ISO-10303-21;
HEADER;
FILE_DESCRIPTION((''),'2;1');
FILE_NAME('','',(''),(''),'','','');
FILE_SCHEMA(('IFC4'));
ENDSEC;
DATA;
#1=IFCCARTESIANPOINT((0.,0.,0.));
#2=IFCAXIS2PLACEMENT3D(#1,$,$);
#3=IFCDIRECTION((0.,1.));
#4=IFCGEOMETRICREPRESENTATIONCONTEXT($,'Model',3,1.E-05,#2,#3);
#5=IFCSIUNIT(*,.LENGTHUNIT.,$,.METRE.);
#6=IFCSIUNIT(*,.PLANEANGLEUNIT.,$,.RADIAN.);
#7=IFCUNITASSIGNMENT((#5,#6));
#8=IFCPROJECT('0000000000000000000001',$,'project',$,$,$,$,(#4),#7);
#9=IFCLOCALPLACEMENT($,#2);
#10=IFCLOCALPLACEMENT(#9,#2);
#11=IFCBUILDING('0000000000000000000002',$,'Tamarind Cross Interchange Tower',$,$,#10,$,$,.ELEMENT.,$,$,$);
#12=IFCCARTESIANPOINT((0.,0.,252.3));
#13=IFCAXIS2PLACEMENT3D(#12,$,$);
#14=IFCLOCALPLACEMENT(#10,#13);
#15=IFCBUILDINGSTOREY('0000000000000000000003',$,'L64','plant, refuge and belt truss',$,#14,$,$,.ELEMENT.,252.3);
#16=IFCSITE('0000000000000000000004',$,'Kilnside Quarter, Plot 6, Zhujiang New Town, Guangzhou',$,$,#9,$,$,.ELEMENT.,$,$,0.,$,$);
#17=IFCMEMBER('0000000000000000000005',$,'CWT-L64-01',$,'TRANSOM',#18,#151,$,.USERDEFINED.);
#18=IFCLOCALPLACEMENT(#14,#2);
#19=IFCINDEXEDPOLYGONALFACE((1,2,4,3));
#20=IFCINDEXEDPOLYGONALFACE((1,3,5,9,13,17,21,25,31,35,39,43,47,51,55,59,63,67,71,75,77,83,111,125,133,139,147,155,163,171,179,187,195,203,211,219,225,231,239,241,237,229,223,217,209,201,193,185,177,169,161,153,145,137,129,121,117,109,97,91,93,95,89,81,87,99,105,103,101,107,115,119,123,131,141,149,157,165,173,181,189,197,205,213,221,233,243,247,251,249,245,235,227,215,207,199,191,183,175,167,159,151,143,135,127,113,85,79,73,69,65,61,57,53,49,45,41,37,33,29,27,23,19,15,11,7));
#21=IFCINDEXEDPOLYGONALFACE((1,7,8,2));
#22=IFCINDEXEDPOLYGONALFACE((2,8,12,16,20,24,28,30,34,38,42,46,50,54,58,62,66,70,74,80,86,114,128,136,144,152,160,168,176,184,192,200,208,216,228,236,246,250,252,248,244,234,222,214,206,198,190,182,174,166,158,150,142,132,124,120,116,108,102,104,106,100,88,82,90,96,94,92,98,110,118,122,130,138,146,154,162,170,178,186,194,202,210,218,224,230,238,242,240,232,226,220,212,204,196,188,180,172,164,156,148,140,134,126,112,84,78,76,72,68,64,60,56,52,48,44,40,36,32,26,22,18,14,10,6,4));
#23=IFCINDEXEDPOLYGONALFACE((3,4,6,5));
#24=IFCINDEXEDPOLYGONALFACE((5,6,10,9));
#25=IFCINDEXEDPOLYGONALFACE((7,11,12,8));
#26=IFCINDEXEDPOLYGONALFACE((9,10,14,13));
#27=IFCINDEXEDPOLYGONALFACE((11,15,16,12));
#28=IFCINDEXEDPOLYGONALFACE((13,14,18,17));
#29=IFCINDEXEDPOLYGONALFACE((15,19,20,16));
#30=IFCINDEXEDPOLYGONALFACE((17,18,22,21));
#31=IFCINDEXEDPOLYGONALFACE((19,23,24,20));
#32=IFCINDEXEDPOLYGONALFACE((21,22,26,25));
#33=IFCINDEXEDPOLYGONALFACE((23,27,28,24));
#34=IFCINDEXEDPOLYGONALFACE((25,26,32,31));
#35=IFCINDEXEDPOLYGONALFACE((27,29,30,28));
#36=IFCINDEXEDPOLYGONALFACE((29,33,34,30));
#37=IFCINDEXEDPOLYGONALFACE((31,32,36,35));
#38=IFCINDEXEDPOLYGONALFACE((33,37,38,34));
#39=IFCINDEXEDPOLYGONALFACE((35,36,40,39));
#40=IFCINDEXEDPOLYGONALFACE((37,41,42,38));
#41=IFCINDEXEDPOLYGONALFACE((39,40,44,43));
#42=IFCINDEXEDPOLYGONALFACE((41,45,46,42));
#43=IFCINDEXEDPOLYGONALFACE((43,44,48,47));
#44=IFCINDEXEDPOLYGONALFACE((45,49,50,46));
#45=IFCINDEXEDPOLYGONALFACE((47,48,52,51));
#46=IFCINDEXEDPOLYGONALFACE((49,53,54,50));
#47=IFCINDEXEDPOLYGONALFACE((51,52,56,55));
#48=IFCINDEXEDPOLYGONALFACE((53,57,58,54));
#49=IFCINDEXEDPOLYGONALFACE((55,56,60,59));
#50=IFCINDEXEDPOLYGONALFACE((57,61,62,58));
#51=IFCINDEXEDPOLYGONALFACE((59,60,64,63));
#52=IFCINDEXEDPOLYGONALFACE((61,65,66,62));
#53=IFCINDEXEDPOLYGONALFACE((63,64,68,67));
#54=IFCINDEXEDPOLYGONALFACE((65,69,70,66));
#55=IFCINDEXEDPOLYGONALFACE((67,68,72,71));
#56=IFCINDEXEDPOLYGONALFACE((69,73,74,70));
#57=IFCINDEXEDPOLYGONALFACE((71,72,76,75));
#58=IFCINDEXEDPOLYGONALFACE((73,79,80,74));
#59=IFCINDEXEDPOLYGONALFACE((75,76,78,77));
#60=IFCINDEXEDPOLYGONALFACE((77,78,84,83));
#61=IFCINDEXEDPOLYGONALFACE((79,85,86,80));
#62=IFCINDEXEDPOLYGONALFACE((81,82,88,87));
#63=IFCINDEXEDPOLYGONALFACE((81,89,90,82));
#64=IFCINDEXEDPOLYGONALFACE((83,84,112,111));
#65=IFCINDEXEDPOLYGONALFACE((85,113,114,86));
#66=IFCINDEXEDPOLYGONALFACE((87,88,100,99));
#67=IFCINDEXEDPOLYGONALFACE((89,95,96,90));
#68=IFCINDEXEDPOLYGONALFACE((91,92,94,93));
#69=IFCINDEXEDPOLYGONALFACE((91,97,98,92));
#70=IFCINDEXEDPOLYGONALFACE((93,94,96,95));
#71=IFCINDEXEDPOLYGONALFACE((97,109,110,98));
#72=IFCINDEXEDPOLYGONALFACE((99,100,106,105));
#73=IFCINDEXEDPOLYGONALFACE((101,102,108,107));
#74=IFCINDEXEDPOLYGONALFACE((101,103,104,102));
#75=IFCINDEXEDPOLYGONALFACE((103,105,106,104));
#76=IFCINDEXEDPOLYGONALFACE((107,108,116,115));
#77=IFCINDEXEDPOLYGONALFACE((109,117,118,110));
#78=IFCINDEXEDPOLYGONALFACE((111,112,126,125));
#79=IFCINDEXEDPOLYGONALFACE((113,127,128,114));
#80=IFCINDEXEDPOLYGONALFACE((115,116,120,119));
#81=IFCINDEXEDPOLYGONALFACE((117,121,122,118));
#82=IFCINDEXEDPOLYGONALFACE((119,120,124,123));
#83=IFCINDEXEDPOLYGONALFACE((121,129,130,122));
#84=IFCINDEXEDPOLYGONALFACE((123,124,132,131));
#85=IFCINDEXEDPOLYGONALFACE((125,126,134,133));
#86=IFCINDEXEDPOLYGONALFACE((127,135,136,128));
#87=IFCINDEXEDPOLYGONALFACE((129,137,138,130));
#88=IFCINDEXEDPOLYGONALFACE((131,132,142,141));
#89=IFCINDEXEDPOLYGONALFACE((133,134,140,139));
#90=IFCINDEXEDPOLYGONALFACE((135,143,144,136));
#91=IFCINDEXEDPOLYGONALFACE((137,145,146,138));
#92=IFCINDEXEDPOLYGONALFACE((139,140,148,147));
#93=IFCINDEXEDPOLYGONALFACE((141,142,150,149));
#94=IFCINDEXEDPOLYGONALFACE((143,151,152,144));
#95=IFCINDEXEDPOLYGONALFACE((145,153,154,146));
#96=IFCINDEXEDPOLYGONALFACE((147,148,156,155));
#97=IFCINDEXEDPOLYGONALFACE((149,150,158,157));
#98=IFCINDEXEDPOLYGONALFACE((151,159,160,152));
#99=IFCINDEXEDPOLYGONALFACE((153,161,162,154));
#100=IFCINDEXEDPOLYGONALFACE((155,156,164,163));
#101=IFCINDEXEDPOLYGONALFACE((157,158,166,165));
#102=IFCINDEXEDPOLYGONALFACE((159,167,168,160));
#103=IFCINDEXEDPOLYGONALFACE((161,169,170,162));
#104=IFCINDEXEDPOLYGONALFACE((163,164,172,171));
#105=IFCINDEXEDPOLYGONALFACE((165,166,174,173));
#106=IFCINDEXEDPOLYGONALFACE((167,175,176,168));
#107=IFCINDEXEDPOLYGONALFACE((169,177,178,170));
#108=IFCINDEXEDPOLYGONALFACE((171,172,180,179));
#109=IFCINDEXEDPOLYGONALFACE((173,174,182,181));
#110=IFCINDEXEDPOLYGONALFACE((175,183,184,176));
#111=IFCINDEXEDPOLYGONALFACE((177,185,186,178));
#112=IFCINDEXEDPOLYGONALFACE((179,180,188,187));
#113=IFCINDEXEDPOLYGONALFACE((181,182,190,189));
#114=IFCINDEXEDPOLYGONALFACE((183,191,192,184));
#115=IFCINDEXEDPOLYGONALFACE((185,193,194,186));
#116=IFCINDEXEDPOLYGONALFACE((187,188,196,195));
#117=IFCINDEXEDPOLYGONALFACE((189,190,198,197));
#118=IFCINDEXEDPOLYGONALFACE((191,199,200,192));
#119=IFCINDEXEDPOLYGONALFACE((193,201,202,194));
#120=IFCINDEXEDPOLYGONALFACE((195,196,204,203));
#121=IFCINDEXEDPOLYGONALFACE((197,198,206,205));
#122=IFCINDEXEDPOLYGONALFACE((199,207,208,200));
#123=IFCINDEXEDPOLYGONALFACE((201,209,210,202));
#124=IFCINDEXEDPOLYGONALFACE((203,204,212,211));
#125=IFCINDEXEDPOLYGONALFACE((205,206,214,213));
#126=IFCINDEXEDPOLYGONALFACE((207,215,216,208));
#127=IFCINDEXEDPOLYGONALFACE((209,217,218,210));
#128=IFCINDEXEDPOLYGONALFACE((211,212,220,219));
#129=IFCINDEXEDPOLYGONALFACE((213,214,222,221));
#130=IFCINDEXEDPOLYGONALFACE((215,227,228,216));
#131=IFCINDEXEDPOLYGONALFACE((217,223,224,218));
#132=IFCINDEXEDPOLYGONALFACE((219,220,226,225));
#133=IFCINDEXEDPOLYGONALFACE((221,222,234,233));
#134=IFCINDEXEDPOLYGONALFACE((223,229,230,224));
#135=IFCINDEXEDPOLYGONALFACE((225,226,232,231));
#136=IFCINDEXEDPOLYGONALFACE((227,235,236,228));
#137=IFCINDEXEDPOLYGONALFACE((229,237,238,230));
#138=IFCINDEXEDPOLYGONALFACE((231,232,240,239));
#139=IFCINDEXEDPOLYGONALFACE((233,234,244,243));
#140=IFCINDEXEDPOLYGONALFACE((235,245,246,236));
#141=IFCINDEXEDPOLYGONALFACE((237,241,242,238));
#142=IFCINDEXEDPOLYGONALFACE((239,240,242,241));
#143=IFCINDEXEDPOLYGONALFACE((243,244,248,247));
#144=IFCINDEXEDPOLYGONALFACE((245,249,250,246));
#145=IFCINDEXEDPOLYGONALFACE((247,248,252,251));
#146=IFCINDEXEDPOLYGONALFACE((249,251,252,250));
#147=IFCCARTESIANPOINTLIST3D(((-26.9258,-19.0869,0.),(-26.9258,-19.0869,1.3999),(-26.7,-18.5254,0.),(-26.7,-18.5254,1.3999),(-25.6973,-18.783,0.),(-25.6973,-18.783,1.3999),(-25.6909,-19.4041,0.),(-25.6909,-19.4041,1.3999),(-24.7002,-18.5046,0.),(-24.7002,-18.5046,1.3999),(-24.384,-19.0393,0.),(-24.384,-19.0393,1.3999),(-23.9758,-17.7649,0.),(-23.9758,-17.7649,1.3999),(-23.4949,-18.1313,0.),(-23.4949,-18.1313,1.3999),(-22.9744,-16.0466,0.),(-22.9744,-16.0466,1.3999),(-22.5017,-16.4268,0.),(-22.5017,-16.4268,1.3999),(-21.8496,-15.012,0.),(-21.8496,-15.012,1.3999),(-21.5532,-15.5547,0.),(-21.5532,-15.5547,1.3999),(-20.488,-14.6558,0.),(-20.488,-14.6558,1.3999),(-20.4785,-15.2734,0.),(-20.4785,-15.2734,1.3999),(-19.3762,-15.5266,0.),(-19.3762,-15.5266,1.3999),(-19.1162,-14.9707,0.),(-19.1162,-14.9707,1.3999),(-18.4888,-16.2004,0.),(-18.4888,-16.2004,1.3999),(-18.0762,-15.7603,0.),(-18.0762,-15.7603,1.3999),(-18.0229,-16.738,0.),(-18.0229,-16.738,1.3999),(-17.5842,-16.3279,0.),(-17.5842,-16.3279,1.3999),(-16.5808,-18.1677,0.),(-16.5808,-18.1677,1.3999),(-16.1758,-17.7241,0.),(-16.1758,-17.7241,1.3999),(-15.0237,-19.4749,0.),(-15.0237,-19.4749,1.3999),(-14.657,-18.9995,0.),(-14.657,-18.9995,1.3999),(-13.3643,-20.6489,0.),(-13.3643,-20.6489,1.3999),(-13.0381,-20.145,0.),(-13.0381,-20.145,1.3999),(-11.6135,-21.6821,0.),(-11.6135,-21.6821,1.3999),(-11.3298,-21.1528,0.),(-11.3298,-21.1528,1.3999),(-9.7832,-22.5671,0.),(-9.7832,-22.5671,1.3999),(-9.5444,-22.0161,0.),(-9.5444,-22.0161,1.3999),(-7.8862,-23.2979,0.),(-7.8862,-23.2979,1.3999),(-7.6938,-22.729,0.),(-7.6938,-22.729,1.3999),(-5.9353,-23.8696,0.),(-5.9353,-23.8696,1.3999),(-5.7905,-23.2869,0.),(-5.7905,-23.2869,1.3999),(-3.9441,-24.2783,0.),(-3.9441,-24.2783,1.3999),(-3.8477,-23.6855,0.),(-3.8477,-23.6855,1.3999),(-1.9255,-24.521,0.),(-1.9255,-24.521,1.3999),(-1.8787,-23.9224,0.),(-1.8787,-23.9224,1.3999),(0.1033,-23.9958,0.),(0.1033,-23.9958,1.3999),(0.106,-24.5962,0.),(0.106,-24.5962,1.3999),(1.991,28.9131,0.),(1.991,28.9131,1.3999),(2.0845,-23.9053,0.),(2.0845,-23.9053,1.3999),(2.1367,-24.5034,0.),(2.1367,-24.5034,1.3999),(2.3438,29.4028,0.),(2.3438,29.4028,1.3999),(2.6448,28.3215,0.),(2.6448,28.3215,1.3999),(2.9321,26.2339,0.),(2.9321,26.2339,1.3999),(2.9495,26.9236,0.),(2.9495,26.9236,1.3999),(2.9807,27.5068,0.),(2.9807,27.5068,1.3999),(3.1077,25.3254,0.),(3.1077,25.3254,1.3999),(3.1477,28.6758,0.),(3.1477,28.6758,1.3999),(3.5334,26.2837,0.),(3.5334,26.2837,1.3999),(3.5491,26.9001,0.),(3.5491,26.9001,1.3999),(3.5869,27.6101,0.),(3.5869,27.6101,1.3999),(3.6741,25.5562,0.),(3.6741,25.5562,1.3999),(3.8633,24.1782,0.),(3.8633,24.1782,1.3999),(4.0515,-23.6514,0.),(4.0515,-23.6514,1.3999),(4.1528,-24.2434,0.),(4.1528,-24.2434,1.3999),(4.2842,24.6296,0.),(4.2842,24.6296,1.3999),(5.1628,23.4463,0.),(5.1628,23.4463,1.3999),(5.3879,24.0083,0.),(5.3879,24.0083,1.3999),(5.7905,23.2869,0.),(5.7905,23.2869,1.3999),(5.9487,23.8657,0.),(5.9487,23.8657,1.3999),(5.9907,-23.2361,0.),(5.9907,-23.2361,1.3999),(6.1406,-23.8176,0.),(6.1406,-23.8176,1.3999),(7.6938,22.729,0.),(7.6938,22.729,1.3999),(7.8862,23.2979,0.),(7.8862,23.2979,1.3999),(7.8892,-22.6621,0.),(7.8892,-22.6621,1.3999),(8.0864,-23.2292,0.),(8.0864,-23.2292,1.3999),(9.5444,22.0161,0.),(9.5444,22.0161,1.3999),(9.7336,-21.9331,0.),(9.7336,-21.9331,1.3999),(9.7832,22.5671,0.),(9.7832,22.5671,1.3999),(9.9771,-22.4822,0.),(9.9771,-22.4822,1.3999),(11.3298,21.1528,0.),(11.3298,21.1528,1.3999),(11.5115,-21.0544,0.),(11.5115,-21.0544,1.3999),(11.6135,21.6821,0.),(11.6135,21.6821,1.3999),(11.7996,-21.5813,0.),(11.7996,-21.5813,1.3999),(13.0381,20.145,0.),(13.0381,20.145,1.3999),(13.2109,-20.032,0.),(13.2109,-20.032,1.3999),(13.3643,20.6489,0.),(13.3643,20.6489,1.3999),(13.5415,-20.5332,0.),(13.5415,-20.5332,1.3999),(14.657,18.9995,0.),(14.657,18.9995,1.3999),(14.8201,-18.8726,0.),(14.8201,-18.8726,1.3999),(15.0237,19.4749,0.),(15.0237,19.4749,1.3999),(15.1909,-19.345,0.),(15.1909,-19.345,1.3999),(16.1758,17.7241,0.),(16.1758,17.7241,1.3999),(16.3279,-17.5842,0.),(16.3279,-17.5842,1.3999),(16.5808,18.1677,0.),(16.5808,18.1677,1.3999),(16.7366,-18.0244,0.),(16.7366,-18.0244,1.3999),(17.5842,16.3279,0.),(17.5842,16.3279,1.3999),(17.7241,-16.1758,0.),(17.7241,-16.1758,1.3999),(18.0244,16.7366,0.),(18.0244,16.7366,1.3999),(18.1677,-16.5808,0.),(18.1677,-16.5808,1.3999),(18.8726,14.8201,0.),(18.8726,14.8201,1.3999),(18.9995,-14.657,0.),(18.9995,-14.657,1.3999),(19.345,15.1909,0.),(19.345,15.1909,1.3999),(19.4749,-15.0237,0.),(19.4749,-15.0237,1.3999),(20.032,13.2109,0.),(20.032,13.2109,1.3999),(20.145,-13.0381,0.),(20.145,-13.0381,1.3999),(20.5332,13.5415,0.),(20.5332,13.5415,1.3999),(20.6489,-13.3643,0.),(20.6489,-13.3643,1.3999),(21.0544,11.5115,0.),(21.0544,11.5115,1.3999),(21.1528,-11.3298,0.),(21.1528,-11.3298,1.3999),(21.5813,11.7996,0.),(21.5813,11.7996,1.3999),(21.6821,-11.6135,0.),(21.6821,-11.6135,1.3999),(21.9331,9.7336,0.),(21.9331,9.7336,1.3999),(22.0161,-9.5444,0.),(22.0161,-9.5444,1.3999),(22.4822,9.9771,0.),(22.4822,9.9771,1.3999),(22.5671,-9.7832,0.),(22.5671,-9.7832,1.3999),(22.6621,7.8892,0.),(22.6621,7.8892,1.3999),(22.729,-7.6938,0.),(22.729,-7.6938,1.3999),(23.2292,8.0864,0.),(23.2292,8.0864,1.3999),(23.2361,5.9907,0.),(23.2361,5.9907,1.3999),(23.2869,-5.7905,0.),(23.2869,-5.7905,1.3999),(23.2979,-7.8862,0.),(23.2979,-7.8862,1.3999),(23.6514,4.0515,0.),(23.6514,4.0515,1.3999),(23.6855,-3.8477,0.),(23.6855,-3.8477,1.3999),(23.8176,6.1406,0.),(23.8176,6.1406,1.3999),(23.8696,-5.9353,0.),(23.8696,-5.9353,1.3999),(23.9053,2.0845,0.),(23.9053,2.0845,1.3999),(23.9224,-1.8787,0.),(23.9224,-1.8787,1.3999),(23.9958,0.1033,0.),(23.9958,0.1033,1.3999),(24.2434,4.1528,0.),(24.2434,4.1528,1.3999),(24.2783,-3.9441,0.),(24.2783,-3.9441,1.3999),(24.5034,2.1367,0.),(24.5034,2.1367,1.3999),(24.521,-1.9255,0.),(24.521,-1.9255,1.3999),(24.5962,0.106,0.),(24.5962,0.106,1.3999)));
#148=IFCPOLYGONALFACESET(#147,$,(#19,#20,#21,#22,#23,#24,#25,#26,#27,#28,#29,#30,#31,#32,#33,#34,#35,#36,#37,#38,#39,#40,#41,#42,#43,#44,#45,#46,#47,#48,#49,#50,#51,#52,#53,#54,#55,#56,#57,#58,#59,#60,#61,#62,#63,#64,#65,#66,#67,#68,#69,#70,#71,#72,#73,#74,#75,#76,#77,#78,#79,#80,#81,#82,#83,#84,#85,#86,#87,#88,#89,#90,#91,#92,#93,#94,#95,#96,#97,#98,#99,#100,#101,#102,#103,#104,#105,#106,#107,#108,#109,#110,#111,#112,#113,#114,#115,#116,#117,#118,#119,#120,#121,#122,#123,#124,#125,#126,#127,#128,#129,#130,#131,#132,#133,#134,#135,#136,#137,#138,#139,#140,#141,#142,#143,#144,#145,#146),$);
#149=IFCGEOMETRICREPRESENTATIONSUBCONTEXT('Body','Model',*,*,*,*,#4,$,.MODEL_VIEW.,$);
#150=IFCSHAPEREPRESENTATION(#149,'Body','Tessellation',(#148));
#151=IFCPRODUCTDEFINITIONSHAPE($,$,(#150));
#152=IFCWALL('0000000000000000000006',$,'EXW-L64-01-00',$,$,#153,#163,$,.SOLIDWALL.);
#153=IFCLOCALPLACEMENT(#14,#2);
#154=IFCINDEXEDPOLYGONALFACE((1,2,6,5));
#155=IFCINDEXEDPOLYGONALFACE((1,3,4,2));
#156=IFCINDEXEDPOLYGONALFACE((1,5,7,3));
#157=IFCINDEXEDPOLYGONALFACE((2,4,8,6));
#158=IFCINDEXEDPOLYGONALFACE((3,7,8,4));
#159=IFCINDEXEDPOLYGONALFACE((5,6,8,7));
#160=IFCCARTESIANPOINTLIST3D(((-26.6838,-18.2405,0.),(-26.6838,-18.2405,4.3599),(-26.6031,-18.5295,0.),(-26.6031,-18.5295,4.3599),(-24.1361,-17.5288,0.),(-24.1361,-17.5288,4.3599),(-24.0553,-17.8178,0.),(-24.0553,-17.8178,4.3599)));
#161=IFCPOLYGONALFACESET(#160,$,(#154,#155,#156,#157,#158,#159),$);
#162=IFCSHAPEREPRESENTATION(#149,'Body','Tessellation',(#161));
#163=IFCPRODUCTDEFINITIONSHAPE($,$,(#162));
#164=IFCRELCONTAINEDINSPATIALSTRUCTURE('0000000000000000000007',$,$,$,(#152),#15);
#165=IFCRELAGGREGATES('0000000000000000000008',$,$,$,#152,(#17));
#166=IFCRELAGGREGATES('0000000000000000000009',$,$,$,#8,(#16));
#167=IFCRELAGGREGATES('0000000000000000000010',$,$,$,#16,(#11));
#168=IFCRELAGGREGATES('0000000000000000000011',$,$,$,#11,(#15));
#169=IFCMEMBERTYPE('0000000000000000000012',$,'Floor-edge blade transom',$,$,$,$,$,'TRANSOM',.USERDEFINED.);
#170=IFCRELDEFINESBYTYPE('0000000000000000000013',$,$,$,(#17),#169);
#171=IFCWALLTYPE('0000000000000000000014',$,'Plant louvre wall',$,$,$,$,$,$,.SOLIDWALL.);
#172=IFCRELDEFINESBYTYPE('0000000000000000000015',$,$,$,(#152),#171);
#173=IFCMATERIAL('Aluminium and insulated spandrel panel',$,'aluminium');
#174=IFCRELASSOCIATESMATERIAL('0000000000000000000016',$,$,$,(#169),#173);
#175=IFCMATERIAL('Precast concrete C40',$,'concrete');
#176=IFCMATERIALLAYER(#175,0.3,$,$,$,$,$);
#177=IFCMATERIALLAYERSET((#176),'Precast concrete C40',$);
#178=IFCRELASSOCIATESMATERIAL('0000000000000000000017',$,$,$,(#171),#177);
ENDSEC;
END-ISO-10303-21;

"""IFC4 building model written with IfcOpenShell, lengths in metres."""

from ifc_helpers import new_model, si_unit, direction, frame, frame_2d, origin, place, context, subcontext, project, spatial, polyline, rectangle, outline, extrude, material, layer, layer_set, type_object, element, aggregate, save


model = new_model("IFC4")

# Units and contexts
model_context = context("Model", 3, precision=1e-05, world=origin(), true_north=direction((0.0, 1.0)))
body_context = subcontext(model_context, "Body", "Model", "MODEL_VIEW")
ifc_project = project(units=[si_unit("LENGTHUNIT", "METRE"), si_unit("PLANEANGLEUNIT", "RADIAN")], contexts=[model_context])

# Site, building, storey
site_placement = place(None, origin())
site = spatial("IfcSite", under=ifc_project, at=site_placement, Name="Kilnside Quarter, Plot 6, Zhujiang New Town, Guangzhou", CompositionType="ELEMENT", RefElevation=0.0)
building_placement = place(site_placement, origin())
building = spatial("IfcBuilding", under=site, at=building_placement, Name="Tamarind Cross Interchange Tower", CompositionType="ELEMENT")
storey_placement = place(building_placement, frame((0.0, 0.0, 252.3)))
storey = spatial("IfcBuildingStorey", under=building, at=storey_placement, Name="L64", Description="plant, refuge and belt truss", CompositionType="ELEMENT", Elevation=252.3)

# Member
ifc_material_1 = material(Name="Aluminium and insulated spandrel panel", Category="aluminium")
member_type_1 = type_object("IfcMemberType", Name="Floor-edge blade transom", ElementType="TRANSOM", PredefinedType="USERDEFINED", material=ifc_material_1)
member_1_placement = place(storey_placement, origin())
member_1 = element("IfcMember", 1, at=member_1_placement, type_object=member_type_1, Name="CWT-L64-01", ObjectType="TRANSOM", PredefinedType="USERDEFINED", context=body_context, shape_type="SweptSolid", body=[
    extrude(outline(polyline([(-26.7, -18.5254), (-25.6973, -18.783), (-24.7002, -18.5046), (-23.9758, -17.7649), (-22.9744, -16.0466), (-21.8496, -15.012), (-20.488, -14.6558), (-19.1162, -14.9707), (-18.0762, -15.7603), (-17.5842, -16.3279), (-16.1758, -17.7241), (-14.657, -18.9995), (-13.0381, -20.145), (-11.3298, -21.1528), (-9.5444, -22.0161), (-7.6938, -22.729), (-5.7905, -23.2869), (-3.8477, -23.6855), (-1.8787, -23.9224), (0.1033, -23.9958), (2.0845, -23.9053), (4.0515, -23.6514), (5.9907, -23.2361), (7.8892, -22.6621), (9.7336, -21.9331), (11.5115, -21.0544), (13.2109, -20.032), (14.8201, -18.8726), (16.3279, -17.5842), (17.7241, -16.1758), (18.9995, -14.657), (20.145, -13.0381), (21.1528, -11.3298), (22.0161, -9.5444), (22.729, -7.6938), (23.2869, -5.7905), (23.6855, -3.8477), (23.9224, -1.8787), (23.9958, 0.1033), (23.9053, 2.0845), (23.6514, 4.0515), (23.2361, 5.9907), (22.6621, 7.8892), (21.9331, 9.7336), (21.0544, 11.5115), (20.032, 13.2109), (18.8726, 14.8201), (17.5842, 16.3279), (16.1758, 17.7241), (14.657, 18.9995), (13.0381, 20.145), (11.3298, 21.1528), (9.5444, 22.0161), (7.6938, 22.729), (5.7905, 23.2869), (5.1628, 23.4463), (3.8633, 24.1782), (3.1077, 25.3254), (2.9321, 26.2339), (2.9495, 26.9236), (2.9807, 27.5068), (2.6448, 28.3215), (1.991, 28.9131), (2.3438, 29.4028), (3.1477, 28.6758), (3.5869, 27.6101), (3.5491, 26.9001), (3.5334, 26.2837), (3.6741, 25.5562), (4.2842, 24.6296), (5.3879, 24.0083), (5.9487, 23.8657), (7.8862, 23.2979), (9.7832, 22.5671), (11.6135, 21.6821), (13.3643, 20.6489), (15.0237, 19.4749), (16.5808, 18.1677), (18.0244, 16.7366), (19.345, 15.1909), (20.5332, 13.5415), (21.5813, 11.7996), (22.4822, 9.9771), (23.2292, 8.0864), (23.8176, 6.1406), (24.2434, 4.1528), (24.5034, 2.1367), (24.5962, 0.106), (24.521, -1.9255), (24.2783, -3.9441), (23.8696, -5.9353), (23.2979, -7.8862), (22.5671, -9.7832), (21.6821, -11.6135), (20.6489, -13.3643), (19.4749, -15.0237), (18.1677, -16.5808), (16.7366, -18.0244), (15.1909, -19.345), (13.5415, -20.5332), (11.7996, -21.5813), (9.9771, -22.4822), (8.0864, -23.2292), (6.1406, -23.8176), (4.1528, -24.2434), (2.1367, -24.5034), (0.106, -24.5962), (-1.9255, -24.521), (-3.9441, -24.2783), (-5.9353, -23.8696), (-7.8862, -23.2979), (-9.7832, -22.5671), (-11.6135, -21.6821), (-13.3643, -20.6489), (-15.0237, -19.4749), (-16.5808, -18.1677), (-18.0229, -16.738), (-18.4888, -16.2004), (-19.3762, -15.5266), (-20.4785, -15.2734), (-21.5532, -15.5547), (-22.5017, -16.4268), (-23.4949, -18.1313), (-24.384, -19.0393), (-25.6909, -19.4041), (-26.9258, -19.0869), (-26.7, -18.5254)])), origin(), (0.0, 0.0, 1.0), 1.3999),
])

# Shared definitions
ifc_material_2 = material(Name="Precast concrete C40", Category="concrete")
ifc_layer_1 = layer(ifc_material_2, 0.3)
ifc_layer_set_1 = layer_set([ifc_layer_1], Name="Precast concrete C40")
wall_type_1 = type_object("IfcWallType", Name="Plant louvre wall", PredefinedType="SOLIDWALL", material=ifc_layer_set_1)

# Wall
wall_1_placement = place(storey_placement, frame((-26.6436, -18.385, 0.0), z_axis=(0.0, 0.0, 1.0), x_axis=(0.963127, 0.269048, 0.0)))
wall_1 = element("IfcWall", 2, at=wall_1_placement, inside=storey, type_object=wall_type_1, Name="EXW-L64-01-00", PredefinedType="SOLIDWALL", context=body_context, shape_type="SweptSolid", body=[
    extrude(rectangle(XDim=2.6453, YDim=0.3, at=frame_2d((1.3228, 0.0))), origin(), (0.0, 0.0, 1.0), 4.3599),
])
aggregate(wall_1, [member_1])

save(model, "model.ifc")
